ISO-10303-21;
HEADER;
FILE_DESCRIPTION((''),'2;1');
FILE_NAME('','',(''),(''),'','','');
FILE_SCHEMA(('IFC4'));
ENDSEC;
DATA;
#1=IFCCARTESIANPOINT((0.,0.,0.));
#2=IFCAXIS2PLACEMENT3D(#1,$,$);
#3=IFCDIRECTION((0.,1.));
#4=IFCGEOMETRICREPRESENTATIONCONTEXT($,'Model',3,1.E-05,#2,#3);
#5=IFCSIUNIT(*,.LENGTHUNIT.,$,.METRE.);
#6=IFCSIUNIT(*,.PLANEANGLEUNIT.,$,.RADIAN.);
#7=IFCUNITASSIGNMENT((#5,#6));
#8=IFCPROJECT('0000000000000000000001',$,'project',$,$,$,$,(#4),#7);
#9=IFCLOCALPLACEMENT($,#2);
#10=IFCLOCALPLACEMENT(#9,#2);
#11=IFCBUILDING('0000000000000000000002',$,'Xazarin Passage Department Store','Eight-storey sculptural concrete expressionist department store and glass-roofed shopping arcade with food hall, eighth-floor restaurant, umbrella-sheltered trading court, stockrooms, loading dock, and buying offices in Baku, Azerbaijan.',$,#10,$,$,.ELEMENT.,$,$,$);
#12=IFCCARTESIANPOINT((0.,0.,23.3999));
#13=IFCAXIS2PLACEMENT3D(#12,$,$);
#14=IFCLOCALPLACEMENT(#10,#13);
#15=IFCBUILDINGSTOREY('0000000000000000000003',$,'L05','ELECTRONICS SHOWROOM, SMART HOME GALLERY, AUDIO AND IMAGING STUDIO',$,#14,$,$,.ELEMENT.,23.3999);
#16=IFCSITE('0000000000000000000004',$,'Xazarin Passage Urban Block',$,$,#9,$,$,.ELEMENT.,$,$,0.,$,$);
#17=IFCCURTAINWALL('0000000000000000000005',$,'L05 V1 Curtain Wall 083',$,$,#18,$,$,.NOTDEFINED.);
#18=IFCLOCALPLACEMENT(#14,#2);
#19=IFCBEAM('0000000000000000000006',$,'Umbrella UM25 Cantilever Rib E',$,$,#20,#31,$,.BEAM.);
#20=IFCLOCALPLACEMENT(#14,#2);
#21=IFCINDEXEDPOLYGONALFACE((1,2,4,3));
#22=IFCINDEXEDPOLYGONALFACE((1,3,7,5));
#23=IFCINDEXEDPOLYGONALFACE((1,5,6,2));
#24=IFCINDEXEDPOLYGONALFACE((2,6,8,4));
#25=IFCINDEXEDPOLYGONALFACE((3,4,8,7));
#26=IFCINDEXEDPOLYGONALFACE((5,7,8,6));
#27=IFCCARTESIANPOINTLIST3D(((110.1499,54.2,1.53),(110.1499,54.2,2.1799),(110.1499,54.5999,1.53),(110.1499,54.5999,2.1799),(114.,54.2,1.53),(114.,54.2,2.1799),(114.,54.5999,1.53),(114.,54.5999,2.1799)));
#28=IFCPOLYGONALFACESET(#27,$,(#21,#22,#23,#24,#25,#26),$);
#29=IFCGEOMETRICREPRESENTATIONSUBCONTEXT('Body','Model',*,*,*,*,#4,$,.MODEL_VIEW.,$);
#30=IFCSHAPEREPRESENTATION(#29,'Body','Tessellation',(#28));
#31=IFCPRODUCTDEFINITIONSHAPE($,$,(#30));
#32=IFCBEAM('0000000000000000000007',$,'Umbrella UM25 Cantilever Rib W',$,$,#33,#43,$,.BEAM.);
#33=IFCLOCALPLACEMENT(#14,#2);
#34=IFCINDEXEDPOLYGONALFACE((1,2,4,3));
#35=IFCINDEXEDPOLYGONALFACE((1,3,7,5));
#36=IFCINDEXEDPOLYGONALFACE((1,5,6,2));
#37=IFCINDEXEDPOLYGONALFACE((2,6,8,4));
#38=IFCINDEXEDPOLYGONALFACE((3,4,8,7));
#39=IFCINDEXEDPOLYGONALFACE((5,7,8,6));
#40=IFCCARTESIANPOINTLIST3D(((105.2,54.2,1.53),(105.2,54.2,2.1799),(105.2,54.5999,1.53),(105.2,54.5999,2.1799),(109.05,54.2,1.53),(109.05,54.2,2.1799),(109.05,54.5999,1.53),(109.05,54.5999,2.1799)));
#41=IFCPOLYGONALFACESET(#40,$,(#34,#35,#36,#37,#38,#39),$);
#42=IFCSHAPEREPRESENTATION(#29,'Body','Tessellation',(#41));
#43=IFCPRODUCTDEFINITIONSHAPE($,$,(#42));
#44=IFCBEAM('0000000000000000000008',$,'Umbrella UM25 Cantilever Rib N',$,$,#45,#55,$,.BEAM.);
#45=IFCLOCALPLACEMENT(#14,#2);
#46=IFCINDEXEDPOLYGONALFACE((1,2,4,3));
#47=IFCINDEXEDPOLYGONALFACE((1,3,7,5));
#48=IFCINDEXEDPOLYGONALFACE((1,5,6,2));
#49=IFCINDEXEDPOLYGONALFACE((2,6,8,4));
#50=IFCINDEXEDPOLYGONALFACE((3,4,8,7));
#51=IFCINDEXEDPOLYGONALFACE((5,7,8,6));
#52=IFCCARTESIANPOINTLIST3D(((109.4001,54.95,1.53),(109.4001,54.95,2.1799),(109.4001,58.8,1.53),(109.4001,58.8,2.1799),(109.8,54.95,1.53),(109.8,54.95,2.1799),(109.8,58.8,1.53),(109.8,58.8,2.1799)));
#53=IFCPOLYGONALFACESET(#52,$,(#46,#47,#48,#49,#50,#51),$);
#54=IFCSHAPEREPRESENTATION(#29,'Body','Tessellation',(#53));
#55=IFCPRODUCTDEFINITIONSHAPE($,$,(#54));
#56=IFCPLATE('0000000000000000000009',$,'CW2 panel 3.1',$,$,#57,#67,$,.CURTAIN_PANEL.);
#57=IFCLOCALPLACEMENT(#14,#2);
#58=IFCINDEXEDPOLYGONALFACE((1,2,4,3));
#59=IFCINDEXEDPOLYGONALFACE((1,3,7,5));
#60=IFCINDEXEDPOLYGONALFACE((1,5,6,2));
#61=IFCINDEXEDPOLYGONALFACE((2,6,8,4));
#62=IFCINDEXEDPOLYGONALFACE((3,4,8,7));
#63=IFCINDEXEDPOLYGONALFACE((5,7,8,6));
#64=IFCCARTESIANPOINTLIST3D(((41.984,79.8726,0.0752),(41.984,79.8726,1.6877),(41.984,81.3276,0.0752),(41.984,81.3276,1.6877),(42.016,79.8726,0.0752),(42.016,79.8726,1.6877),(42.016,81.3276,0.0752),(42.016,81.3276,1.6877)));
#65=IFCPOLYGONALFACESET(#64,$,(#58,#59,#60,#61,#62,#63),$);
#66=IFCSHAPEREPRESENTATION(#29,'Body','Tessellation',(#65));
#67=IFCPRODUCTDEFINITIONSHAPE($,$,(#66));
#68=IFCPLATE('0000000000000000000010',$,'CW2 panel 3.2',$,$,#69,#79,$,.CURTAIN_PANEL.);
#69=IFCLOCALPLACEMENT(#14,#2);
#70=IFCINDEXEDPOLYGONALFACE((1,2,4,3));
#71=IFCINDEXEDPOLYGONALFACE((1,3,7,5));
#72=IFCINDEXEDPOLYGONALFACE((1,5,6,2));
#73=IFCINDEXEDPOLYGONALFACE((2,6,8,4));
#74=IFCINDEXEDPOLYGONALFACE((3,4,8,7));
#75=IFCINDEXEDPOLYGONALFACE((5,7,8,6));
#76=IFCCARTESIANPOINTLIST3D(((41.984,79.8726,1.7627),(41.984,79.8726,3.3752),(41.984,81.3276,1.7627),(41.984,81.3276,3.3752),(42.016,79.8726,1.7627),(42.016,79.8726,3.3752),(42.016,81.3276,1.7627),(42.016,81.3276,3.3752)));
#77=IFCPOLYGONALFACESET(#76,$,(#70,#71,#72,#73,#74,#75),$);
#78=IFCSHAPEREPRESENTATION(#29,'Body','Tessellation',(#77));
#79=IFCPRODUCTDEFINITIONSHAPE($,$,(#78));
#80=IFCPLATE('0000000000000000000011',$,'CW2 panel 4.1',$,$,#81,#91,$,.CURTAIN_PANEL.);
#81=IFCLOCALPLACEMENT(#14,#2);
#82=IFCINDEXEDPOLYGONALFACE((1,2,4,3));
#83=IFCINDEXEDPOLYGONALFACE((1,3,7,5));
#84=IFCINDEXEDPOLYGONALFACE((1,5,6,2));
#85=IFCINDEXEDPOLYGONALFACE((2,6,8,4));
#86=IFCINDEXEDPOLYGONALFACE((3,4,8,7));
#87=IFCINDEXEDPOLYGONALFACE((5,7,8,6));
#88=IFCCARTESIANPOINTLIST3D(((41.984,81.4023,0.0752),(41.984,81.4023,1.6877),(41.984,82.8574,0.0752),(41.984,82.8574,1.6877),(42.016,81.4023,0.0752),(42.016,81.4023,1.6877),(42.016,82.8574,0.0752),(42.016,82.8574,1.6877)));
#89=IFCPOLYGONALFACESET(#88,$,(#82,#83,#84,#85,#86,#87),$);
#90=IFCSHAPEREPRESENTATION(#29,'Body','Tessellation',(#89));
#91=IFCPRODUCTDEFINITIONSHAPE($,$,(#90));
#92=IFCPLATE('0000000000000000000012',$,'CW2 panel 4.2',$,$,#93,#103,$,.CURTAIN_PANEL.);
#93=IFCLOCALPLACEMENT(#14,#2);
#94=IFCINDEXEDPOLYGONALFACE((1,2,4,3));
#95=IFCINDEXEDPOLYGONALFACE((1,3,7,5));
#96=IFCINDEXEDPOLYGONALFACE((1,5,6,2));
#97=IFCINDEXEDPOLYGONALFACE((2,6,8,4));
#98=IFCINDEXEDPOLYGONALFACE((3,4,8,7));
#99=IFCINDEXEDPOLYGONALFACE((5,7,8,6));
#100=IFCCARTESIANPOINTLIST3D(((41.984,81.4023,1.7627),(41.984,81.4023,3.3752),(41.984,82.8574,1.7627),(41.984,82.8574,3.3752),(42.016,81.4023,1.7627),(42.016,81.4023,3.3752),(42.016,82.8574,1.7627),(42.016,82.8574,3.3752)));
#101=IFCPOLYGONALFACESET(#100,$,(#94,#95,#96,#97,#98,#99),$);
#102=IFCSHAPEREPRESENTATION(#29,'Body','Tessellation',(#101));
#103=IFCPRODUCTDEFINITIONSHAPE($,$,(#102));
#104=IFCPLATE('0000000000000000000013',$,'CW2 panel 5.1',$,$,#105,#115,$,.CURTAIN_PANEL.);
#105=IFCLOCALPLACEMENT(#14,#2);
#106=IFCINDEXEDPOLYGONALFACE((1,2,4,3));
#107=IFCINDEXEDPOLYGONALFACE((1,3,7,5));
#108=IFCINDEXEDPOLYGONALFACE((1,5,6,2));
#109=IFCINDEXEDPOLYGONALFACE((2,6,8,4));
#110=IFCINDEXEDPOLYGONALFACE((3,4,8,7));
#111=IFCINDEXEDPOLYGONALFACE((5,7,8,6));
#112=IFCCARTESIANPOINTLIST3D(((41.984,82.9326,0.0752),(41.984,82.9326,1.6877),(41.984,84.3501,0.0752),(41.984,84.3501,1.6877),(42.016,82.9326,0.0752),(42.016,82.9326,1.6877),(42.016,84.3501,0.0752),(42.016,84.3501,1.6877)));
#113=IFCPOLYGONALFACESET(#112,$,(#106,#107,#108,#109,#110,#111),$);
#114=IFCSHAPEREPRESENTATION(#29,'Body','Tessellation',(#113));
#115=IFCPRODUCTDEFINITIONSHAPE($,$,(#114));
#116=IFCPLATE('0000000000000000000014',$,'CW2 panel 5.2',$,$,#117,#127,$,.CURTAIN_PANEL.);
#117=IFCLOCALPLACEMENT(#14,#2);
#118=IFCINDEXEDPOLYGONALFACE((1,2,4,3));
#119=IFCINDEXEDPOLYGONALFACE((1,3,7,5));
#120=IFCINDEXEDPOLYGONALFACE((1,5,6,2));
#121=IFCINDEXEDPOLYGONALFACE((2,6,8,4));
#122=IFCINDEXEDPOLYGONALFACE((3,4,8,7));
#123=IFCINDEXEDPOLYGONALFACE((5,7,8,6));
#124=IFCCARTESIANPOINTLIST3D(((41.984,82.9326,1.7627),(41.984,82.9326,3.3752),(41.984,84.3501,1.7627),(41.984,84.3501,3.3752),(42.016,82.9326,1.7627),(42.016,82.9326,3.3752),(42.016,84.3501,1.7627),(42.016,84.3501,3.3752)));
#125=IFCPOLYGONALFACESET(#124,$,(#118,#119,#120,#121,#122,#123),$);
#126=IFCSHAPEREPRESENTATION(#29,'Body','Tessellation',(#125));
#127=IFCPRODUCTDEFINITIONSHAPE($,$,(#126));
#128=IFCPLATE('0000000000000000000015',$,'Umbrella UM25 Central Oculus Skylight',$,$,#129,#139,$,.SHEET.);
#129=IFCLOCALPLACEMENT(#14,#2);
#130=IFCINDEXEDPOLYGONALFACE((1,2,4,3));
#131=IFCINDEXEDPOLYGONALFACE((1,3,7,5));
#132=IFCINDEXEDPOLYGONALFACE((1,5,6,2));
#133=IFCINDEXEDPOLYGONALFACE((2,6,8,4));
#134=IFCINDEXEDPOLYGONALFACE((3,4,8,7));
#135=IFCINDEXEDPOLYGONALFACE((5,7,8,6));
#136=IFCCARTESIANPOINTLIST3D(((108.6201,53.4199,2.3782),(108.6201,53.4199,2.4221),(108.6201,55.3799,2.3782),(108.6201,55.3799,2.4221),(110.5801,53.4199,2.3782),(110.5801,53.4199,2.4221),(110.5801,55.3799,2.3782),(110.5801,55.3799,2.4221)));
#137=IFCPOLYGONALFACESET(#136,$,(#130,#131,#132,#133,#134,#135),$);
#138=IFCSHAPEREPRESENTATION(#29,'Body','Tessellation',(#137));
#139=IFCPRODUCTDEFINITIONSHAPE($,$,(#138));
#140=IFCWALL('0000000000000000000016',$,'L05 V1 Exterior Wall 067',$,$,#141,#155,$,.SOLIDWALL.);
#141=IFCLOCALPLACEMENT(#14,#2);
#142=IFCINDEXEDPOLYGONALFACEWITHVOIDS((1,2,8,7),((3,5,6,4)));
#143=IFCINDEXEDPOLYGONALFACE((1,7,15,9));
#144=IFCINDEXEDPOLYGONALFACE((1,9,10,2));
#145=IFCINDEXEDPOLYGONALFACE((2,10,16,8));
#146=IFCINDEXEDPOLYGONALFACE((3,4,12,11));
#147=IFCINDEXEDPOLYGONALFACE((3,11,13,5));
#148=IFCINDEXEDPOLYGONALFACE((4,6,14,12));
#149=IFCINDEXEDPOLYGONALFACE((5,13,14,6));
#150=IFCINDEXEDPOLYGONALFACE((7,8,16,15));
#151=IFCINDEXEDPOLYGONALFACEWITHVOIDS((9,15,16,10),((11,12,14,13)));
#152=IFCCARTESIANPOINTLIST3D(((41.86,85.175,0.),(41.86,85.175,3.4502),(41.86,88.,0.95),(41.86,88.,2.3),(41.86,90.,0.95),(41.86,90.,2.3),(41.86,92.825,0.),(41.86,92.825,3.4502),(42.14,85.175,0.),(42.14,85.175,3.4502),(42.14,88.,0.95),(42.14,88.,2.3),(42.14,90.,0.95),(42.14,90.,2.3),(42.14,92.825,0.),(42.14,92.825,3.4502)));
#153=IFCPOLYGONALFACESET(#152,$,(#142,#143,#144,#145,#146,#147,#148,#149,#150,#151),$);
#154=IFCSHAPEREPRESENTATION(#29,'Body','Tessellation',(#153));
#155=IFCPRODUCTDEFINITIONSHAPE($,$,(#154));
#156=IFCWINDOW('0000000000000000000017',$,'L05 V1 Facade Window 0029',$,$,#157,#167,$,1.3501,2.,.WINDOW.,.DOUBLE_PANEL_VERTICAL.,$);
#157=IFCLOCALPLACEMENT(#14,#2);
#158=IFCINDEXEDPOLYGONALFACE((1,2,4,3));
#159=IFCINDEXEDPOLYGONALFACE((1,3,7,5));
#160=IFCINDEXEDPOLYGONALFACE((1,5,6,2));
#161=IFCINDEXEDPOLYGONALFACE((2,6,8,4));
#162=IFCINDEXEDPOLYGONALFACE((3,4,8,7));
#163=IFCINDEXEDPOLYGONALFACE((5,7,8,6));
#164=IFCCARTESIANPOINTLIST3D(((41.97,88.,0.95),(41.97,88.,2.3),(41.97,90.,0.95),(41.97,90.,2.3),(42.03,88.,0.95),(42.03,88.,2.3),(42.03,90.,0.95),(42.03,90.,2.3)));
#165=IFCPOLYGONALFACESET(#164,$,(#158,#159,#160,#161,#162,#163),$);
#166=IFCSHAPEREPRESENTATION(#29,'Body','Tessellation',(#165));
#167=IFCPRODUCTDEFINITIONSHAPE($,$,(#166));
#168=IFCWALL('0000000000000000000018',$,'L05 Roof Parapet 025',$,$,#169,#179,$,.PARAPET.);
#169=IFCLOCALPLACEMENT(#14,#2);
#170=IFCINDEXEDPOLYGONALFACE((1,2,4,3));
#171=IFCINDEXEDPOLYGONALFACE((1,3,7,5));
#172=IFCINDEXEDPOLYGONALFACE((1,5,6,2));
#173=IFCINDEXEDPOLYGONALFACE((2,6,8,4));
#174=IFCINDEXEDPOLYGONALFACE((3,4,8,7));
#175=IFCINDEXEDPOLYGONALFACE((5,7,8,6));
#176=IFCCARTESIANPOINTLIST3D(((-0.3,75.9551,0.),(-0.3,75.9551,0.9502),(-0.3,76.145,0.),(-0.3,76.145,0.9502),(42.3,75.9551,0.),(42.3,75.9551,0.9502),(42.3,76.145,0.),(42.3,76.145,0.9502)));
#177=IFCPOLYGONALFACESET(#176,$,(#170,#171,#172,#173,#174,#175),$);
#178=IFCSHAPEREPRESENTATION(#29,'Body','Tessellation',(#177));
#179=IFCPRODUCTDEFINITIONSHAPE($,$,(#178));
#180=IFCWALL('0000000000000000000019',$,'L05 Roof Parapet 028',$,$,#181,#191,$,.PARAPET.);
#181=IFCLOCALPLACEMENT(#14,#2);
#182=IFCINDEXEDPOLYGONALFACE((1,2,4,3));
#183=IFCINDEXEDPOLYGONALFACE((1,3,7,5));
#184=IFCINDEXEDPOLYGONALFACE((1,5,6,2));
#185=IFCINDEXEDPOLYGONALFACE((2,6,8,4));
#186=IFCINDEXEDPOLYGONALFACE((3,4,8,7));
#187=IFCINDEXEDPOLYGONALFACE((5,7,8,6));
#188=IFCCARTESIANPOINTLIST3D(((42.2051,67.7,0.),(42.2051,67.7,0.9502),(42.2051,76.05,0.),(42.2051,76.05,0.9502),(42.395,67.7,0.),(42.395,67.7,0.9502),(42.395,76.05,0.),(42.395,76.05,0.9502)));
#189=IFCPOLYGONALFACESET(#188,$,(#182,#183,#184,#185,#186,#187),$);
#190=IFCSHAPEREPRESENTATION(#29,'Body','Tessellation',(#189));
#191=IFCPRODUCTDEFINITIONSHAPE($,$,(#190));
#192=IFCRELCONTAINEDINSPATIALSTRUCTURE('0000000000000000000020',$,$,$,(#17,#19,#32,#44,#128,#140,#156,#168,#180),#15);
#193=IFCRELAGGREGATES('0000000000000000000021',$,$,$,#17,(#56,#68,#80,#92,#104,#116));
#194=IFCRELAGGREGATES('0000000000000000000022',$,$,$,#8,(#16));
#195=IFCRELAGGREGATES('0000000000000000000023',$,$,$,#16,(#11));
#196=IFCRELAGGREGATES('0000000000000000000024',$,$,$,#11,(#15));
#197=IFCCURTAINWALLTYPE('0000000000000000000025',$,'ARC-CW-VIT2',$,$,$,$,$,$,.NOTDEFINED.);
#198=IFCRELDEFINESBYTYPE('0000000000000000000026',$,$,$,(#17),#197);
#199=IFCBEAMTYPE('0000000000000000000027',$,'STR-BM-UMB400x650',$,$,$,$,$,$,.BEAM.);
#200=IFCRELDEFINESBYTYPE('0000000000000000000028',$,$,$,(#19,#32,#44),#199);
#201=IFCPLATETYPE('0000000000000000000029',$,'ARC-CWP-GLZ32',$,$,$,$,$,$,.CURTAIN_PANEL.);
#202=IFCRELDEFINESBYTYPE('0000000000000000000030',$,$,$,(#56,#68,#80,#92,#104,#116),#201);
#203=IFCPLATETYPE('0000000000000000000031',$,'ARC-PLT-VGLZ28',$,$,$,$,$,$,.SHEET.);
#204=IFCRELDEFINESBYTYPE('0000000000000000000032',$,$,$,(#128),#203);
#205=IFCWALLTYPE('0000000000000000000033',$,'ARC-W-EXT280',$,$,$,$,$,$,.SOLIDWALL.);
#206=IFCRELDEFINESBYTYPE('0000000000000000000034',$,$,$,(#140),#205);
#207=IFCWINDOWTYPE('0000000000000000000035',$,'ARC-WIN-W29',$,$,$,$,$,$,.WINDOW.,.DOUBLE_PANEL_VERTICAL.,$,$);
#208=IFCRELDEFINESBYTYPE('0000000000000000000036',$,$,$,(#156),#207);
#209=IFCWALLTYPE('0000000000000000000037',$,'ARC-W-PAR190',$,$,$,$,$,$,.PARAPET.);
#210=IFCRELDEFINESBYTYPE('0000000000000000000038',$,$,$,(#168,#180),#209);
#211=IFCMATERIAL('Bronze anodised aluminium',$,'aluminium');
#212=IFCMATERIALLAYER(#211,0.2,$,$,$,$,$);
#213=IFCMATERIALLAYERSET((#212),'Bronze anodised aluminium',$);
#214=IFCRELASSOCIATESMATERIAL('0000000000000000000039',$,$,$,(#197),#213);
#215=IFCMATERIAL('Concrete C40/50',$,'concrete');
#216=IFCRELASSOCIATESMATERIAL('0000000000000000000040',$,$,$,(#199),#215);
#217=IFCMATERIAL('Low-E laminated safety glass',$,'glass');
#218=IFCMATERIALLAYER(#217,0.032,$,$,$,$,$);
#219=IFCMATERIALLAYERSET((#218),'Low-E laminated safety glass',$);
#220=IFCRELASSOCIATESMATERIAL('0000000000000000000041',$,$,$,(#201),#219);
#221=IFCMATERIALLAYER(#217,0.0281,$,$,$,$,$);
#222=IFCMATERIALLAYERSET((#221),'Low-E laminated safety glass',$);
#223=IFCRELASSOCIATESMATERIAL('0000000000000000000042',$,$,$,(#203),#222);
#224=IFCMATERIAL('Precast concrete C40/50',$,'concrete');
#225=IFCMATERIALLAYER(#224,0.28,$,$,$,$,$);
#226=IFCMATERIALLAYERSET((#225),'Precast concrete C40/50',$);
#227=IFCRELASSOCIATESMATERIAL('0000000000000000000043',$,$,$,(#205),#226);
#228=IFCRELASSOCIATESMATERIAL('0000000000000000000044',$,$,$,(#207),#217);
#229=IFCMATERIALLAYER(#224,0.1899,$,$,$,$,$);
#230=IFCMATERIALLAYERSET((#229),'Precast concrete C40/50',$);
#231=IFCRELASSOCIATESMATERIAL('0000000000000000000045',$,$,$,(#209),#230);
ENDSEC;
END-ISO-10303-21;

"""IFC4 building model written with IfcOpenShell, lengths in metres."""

from ifc_helpers import new_model, si_unit, direction, frame, frame_2d, origin, origin_2d, place, context, subcontext, project, spatial, rectangle, extrude, material, layer, layer_set, material_profile, profile_set, type_object, element, fill, aggregate, save


model = new_model("IFC4")

# Units and contexts
model_context = context("Model", 3, precision=1e-05, world=origin(), true_north=direction((0.0, 1.0)))
body_context = subcontext(model_context, "Body", "Model", "MODEL_VIEW")
ifc_project = project(units=[si_unit("LENGTHUNIT", "METRE"), si_unit("PLANEANGLEUNIT", "RADIAN")], contexts=[model_context])

# Site, building, storey
site_placement = place(None, origin())
site = spatial("IfcSite", under=ifc_project, at=site_placement, Name="Xazarin Passage Urban Block", CompositionType="ELEMENT", RefElevation=0.0)
building_placement = place(site_placement, origin())
building = spatial("IfcBuilding", under=site, at=building_placement, Name="Xazarin Passage Department Store", Description="Eight-storey sculptural concrete expressionist department store and glass-roofed shopping arcade with food hall, eighth-floor restaurant, umbrella-sheltered trading court, stockrooms, loading dock, and buying offices in Baku, Azerbaijan.", CompositionType="ELEMENT")
storey_placement = place(building_placement, frame((0.0, 0.0, 23.3999)))
storey = spatial("IfcBuildingStorey", under=building, at=storey_placement, Name="L05", Description="ELECTRONICS SHOWROOM, SMART HOME GALLERY, AUDIO AND IMAGING STUDIO", CompositionType="ELEMENT", Elevation=23.3999)

# Shared definitions
ifc_material_1 = material(Name="Bronze anodised aluminium", Category="aluminium")
ifc_layer_1 = layer(ifc_material_1, 0.2)
ifc_layer_set_1 = layer_set([ifc_layer_1], Name="Bronze anodised aluminium")
curtain_wall_type = type_object("IfcCurtainWallType", Name="ARC-CW-VIT2", PredefinedType="NOTDEFINED", material=ifc_layer_set_1)

# Curtain wall
curtain_wall_1_placement = place(storey_placement, origin())
curtain_wall_1 = element("IfcCurtainWall", 1, at=curtain_wall_1_placement, inside=storey, type_object=curtain_wall_type, Name="L05 V1 Curtain Wall 083", PredefinedType="NOTDEFINED")

# Beams
ifc_material_2 = material(Name="Concrete C40/50", Category="concrete")
ifc_material_profile_1 = material_profile(ifc_material_2, rectangle(XDim=0.3999, YDim=0.6499, at=origin_2d()), Name="RC 400x650")
ifc_profile_set_1 = profile_set([ifc_material_profile_1], Name="Concrete C40/50")
beam_type = type_object("IfcBeamType", Name="STR-BM-UMB400x650", PredefinedType="BEAM", material=ifc_profile_set_1)
for number, where, z_axis, x_axis, name in (
    (2, (110.1499, 54.3999, 1.855), (1.0, 0.0, 0.0), (0.0, 1.0, 0.0), "Umbrella UM25 Cantilever Rib E"),
    (3, (109.05, 54.3999, 1.855), (-1.0, 0.0, 0.0), (0.0, -1.0, 0.0), "Umbrella UM25 Cantilever Rib W"),
    (4, (109.6001, 54.95, 1.855), (0.0, 1.0, 0.0), (-1.0, 0.0, 0.0), "Umbrella UM25 Cantilever Rib N"),
):
    element("IfcBeam", number, at=place(storey_placement, frame(where, z_axis=z_axis, x_axis=x_axis)), inside=storey, type_object=beam_type, Name=name, PredefinedType="BEAM", context=body_context, shape_type="SweptSolid", body=[
        extrude(rectangle(XDim=0.3999, YDim=0.6499, at=origin_2d()), origin(), (0.0, 0.0, 1.0), 3.8501),
    ])

# Plates
ifc_material_3 = material(Name="Low-E laminated safety glass", Category="glass")
ifc_layer_2 = layer(ifc_material_3, 0.032)
ifc_layer_set_2 = layer_set([ifc_layer_2], Name="Low-E laminated safety glass")
plate_type_1 = type_object("IfcPlateType", Name="ARC-CWP-GLZ32", PredefinedType="CURTAIN_PANEL", material=ifc_layer_set_2)
plate_1_placement = place(storey_placement, frame((42.0, 80.6001, 0.0752), z_axis=(0.0, 0.0, 1.0), x_axis=(0.0, 1.0, 0.0)))
plate_1 = element("IfcPlate", 5, at=plate_1_placement, type_object=plate_type_1, Name="CW2 panel 3.1", PredefinedType="CURTAIN_PANEL", context=body_context, shape_type="SweptSolid", body=[
    extrude(rectangle(XDim=1.4551, YDim=0.032, at=origin_2d()), origin(), (0.0, 0.0, 1.0), 1.6125),
])
plate_2_placement = place(storey_placement, frame((42.0, 80.6001, 1.7627), z_axis=(0.0, 0.0, 1.0), x_axis=(0.0, 1.0, 0.0)))
plate_2 = element("IfcPlate", 6, at=plate_2_placement, type_object=plate_type_1, Name="CW2 panel 3.2", PredefinedType="CURTAIN_PANEL", context=body_context, shape_type="SweptSolid", body=[
    extrude(rectangle(XDim=1.4551, YDim=0.032, at=origin_2d()), origin(), (0.0, 0.0, 1.0), 1.6125),
])
plate_3_placement = place(storey_placement, frame((42.0, 82.1299, 0.0752), z_axis=(0.0, 0.0, 1.0), x_axis=(0.0, 1.0, 0.0)))
plate_3 = element("IfcPlate", 7, at=plate_3_placement, type_object=plate_type_1, Name="CW2 panel 4.1", PredefinedType="CURTAIN_PANEL", context=body_context, shape_type="SweptSolid", body=[
    extrude(rectangle(XDim=1.4551, YDim=0.032, at=origin_2d()), origin(), (0.0, 0.0, 1.0), 1.6125),
])
plate_4_placement = place(storey_placement, frame((42.0, 82.1299, 1.7627), z_axis=(0.0, 0.0, 1.0), x_axis=(0.0, 1.0, 0.0)))
plate_4 = element("IfcPlate", 8, at=plate_4_placement, type_object=plate_type_1, Name="CW2 panel 4.2", PredefinedType="CURTAIN_PANEL", context=body_context, shape_type="SweptSolid", body=[
    extrude(rectangle(XDim=1.4551, YDim=0.032, at=origin_2d()), origin(), (0.0, 0.0, 1.0), 1.6125),
])
plate_5_placement = place(storey_placement, frame((42.0, 83.6414, 0.0752), z_axis=(0.0, 0.0, 1.0), x_axis=(0.0, 1.0, 0.0)))
plate_5 = element("IfcPlate", 9, at=plate_5_placement, type_object=plate_type_1, Name="CW2 panel 5.1", PredefinedType="CURTAIN_PANEL", context=body_context, shape_type="SweptSolid", body=[
    extrude(rectangle(XDim=1.4175, YDim=0.032, at=origin_2d()), origin(), (0.0, 0.0, 1.0), 1.6125),
])
plate_6_placement = place(storey_placement, frame((42.0, 83.6414, 1.7627), z_axis=(0.0, 0.0, 1.0), x_axis=(0.0, 1.0, 0.0)))
plate_6 = element("IfcPlate", 10, at=plate_6_placement, type_object=plate_type_1, Name="CW2 panel 5.2", PredefinedType="CURTAIN_PANEL", context=body_context, shape_type="SweptSolid", body=[
    extrude(rectangle(XDim=1.4175, YDim=0.032, at=origin_2d()), origin(), (0.0, 0.0, 1.0), 1.6125),
])
aggregate(curtain_wall_1, [plate_1, plate_2, plate_3, plate_4, plate_5, plate_6])
ifc_layer_3 = layer(ifc_material_3, 0.0281)
ifc_layer_set_3 = layer_set([ifc_layer_3], Name="Low-E laminated safety glass")
plate_type_2 = type_object("IfcPlateType", Name="ARC-PLT-VGLZ28", PredefinedType="SHEET", material=ifc_layer_set_3)
plate_7_placement = place(storey_placement, frame((109.6001, 54.3999, 2.3782), z_axis=(0.0, 0.0, 1.0), x_axis=(1.0, 0.0, 0.0)))
element("IfcPlate", 11, at=plate_7_placement, inside=storey, type_object=plate_type_2, Name="Umbrella UM25 Central Oculus Skylight", PredefinedType="SHEET", context=body_context, shape_type="SweptSolid", body=[
    extrude(rectangle(XDim=1.96, YDim=1.96, at=origin_2d()), origin(), (0.0, 0.0, 1.0), 0.0439),
])

# Wall, opening, window
ifc_material_4 = material(Name="Precast concrete C40/50", Category="concrete")
ifc_layer_4 = layer(ifc_material_4, 0.28)
ifc_layer_set_4 = layer_set([ifc_layer_4], Name="Precast concrete C40/50")
wall_type_1 = type_object("IfcWallType", Name="ARC-W-EXT280", PredefinedType="SOLIDWALL", material=ifc_layer_set_4)
wall_1_placement = place(storey_placement, frame((42.0, 85.175, 0.0), z_axis=(0.0, 0.0, 1.0), x_axis=(0.0, 1.0, 0.0)))
wall_1 = element("IfcWall", 12, at=wall_1_placement, inside=storey, type_object=wall_type_1, Name="L05 V1 Exterior Wall 067", PredefinedType="SOLIDWALL", context=body_context, shape_type="SweptSolid", body=[
    extrude(rectangle(XDim=7.6499, YDim=0.28, at=frame_2d((3.825, 0.0))), origin(), (0.0, 0.0, 1.0), 3.4502),
])
opening_placement = place(wall_1_placement, frame((2.825, 0.0, 0.95)))
opening = element("IfcOpeningElement", 13, at=opening_placement, cuts=wall_1, PredefinedType="OPENING", context=body_context, shape_type="SweptSolid", body=[
    extrude(rectangle(XDim=2.0, YDim=1.3501, at=frame_2d((1.0, 0.675))), frame((0.0, 0.1499, 0.0), z_axis=(0.0, -1.0, 0.0), x_axis=(1.0, 0.0, 0.0)), (0.0, 0.0, 1.0), 0.3),
])
window_type = type_object("IfcWindowType", Name="ARC-WIN-W29", PartitioningType="DOUBLE_PANEL_VERTICAL", PredefinedType="WINDOW", material=ifc_material_3)
window_placement = place(opening_placement, origin())
window = element("IfcWindow", 14, at=window_placement, inside=storey, type_object=window_type, Name="L05 V1 Facade Window 0029", OverallHeight=1.3501, OverallWidth=2.0, PartitioningType="DOUBLE_PANEL_VERTICAL", PredefinedType="WINDOW", context=body_context, shape_type="SweptSolid", body=[
    extrude(rectangle(XDim=2.0, YDim=1.3501, at=frame_2d((1.0, 0.675))), frame((0.0, 0.03, 0.0), z_axis=(0.0, -1.0, 0.0), x_axis=(1.0, 0.0, 0.0)), (0.0, 0.0, 1.0), 0.0601),
])
fill(opening, window)

# Walls
ifc_layer_5 = layer(ifc_material_4, 0.1899)
ifc_layer_set_5 = layer_set([ifc_layer_5], Name="Precast concrete C40/50")
wall_type_2 = type_object("IfcWallType", Name="ARC-W-PAR190", PredefinedType="PARAPET", material=ifc_layer_set_5)
wall_2_placement = place(storey_placement, frame((42.3, 76.05, 0.0), z_axis=(0.0, 0.0, 1.0), x_axis=(-1.0, 0.0, 0.0)))
element("IfcWall", 15, at=wall_2_placement, inside=storey, type_object=wall_type_2, Name="L05 Roof Parapet 025", PredefinedType="PARAPET", context=body_context, shape_type="SweptSolid", body=[
    extrude(rectangle(XDim=42.6001, YDim=0.1899, at=frame_2d((21.3, 0.0))), origin(), (0.0, 0.0, 1.0), 0.9502),
])
wall_3_placement = place(storey_placement, frame((42.3, 67.7, 0.0), z_axis=(0.0, 0.0, 1.0), x_axis=(0.0, 1.0, 0.0)))
element("IfcWall", 16, at=wall_3_placement, inside=storey, type_object=wall_type_2, Name="L05 Roof Parapet 028", PredefinedType="PARAPET", context=body_context, shape_type="SweptSolid", body=[
    extrude(rectangle(XDim=8.3501, YDim=0.1899, at=frame_2d((4.175, 0.0))), origin(), (0.0, 0.0, 1.0), 0.9502),
])

save(model, "model.ifc")
